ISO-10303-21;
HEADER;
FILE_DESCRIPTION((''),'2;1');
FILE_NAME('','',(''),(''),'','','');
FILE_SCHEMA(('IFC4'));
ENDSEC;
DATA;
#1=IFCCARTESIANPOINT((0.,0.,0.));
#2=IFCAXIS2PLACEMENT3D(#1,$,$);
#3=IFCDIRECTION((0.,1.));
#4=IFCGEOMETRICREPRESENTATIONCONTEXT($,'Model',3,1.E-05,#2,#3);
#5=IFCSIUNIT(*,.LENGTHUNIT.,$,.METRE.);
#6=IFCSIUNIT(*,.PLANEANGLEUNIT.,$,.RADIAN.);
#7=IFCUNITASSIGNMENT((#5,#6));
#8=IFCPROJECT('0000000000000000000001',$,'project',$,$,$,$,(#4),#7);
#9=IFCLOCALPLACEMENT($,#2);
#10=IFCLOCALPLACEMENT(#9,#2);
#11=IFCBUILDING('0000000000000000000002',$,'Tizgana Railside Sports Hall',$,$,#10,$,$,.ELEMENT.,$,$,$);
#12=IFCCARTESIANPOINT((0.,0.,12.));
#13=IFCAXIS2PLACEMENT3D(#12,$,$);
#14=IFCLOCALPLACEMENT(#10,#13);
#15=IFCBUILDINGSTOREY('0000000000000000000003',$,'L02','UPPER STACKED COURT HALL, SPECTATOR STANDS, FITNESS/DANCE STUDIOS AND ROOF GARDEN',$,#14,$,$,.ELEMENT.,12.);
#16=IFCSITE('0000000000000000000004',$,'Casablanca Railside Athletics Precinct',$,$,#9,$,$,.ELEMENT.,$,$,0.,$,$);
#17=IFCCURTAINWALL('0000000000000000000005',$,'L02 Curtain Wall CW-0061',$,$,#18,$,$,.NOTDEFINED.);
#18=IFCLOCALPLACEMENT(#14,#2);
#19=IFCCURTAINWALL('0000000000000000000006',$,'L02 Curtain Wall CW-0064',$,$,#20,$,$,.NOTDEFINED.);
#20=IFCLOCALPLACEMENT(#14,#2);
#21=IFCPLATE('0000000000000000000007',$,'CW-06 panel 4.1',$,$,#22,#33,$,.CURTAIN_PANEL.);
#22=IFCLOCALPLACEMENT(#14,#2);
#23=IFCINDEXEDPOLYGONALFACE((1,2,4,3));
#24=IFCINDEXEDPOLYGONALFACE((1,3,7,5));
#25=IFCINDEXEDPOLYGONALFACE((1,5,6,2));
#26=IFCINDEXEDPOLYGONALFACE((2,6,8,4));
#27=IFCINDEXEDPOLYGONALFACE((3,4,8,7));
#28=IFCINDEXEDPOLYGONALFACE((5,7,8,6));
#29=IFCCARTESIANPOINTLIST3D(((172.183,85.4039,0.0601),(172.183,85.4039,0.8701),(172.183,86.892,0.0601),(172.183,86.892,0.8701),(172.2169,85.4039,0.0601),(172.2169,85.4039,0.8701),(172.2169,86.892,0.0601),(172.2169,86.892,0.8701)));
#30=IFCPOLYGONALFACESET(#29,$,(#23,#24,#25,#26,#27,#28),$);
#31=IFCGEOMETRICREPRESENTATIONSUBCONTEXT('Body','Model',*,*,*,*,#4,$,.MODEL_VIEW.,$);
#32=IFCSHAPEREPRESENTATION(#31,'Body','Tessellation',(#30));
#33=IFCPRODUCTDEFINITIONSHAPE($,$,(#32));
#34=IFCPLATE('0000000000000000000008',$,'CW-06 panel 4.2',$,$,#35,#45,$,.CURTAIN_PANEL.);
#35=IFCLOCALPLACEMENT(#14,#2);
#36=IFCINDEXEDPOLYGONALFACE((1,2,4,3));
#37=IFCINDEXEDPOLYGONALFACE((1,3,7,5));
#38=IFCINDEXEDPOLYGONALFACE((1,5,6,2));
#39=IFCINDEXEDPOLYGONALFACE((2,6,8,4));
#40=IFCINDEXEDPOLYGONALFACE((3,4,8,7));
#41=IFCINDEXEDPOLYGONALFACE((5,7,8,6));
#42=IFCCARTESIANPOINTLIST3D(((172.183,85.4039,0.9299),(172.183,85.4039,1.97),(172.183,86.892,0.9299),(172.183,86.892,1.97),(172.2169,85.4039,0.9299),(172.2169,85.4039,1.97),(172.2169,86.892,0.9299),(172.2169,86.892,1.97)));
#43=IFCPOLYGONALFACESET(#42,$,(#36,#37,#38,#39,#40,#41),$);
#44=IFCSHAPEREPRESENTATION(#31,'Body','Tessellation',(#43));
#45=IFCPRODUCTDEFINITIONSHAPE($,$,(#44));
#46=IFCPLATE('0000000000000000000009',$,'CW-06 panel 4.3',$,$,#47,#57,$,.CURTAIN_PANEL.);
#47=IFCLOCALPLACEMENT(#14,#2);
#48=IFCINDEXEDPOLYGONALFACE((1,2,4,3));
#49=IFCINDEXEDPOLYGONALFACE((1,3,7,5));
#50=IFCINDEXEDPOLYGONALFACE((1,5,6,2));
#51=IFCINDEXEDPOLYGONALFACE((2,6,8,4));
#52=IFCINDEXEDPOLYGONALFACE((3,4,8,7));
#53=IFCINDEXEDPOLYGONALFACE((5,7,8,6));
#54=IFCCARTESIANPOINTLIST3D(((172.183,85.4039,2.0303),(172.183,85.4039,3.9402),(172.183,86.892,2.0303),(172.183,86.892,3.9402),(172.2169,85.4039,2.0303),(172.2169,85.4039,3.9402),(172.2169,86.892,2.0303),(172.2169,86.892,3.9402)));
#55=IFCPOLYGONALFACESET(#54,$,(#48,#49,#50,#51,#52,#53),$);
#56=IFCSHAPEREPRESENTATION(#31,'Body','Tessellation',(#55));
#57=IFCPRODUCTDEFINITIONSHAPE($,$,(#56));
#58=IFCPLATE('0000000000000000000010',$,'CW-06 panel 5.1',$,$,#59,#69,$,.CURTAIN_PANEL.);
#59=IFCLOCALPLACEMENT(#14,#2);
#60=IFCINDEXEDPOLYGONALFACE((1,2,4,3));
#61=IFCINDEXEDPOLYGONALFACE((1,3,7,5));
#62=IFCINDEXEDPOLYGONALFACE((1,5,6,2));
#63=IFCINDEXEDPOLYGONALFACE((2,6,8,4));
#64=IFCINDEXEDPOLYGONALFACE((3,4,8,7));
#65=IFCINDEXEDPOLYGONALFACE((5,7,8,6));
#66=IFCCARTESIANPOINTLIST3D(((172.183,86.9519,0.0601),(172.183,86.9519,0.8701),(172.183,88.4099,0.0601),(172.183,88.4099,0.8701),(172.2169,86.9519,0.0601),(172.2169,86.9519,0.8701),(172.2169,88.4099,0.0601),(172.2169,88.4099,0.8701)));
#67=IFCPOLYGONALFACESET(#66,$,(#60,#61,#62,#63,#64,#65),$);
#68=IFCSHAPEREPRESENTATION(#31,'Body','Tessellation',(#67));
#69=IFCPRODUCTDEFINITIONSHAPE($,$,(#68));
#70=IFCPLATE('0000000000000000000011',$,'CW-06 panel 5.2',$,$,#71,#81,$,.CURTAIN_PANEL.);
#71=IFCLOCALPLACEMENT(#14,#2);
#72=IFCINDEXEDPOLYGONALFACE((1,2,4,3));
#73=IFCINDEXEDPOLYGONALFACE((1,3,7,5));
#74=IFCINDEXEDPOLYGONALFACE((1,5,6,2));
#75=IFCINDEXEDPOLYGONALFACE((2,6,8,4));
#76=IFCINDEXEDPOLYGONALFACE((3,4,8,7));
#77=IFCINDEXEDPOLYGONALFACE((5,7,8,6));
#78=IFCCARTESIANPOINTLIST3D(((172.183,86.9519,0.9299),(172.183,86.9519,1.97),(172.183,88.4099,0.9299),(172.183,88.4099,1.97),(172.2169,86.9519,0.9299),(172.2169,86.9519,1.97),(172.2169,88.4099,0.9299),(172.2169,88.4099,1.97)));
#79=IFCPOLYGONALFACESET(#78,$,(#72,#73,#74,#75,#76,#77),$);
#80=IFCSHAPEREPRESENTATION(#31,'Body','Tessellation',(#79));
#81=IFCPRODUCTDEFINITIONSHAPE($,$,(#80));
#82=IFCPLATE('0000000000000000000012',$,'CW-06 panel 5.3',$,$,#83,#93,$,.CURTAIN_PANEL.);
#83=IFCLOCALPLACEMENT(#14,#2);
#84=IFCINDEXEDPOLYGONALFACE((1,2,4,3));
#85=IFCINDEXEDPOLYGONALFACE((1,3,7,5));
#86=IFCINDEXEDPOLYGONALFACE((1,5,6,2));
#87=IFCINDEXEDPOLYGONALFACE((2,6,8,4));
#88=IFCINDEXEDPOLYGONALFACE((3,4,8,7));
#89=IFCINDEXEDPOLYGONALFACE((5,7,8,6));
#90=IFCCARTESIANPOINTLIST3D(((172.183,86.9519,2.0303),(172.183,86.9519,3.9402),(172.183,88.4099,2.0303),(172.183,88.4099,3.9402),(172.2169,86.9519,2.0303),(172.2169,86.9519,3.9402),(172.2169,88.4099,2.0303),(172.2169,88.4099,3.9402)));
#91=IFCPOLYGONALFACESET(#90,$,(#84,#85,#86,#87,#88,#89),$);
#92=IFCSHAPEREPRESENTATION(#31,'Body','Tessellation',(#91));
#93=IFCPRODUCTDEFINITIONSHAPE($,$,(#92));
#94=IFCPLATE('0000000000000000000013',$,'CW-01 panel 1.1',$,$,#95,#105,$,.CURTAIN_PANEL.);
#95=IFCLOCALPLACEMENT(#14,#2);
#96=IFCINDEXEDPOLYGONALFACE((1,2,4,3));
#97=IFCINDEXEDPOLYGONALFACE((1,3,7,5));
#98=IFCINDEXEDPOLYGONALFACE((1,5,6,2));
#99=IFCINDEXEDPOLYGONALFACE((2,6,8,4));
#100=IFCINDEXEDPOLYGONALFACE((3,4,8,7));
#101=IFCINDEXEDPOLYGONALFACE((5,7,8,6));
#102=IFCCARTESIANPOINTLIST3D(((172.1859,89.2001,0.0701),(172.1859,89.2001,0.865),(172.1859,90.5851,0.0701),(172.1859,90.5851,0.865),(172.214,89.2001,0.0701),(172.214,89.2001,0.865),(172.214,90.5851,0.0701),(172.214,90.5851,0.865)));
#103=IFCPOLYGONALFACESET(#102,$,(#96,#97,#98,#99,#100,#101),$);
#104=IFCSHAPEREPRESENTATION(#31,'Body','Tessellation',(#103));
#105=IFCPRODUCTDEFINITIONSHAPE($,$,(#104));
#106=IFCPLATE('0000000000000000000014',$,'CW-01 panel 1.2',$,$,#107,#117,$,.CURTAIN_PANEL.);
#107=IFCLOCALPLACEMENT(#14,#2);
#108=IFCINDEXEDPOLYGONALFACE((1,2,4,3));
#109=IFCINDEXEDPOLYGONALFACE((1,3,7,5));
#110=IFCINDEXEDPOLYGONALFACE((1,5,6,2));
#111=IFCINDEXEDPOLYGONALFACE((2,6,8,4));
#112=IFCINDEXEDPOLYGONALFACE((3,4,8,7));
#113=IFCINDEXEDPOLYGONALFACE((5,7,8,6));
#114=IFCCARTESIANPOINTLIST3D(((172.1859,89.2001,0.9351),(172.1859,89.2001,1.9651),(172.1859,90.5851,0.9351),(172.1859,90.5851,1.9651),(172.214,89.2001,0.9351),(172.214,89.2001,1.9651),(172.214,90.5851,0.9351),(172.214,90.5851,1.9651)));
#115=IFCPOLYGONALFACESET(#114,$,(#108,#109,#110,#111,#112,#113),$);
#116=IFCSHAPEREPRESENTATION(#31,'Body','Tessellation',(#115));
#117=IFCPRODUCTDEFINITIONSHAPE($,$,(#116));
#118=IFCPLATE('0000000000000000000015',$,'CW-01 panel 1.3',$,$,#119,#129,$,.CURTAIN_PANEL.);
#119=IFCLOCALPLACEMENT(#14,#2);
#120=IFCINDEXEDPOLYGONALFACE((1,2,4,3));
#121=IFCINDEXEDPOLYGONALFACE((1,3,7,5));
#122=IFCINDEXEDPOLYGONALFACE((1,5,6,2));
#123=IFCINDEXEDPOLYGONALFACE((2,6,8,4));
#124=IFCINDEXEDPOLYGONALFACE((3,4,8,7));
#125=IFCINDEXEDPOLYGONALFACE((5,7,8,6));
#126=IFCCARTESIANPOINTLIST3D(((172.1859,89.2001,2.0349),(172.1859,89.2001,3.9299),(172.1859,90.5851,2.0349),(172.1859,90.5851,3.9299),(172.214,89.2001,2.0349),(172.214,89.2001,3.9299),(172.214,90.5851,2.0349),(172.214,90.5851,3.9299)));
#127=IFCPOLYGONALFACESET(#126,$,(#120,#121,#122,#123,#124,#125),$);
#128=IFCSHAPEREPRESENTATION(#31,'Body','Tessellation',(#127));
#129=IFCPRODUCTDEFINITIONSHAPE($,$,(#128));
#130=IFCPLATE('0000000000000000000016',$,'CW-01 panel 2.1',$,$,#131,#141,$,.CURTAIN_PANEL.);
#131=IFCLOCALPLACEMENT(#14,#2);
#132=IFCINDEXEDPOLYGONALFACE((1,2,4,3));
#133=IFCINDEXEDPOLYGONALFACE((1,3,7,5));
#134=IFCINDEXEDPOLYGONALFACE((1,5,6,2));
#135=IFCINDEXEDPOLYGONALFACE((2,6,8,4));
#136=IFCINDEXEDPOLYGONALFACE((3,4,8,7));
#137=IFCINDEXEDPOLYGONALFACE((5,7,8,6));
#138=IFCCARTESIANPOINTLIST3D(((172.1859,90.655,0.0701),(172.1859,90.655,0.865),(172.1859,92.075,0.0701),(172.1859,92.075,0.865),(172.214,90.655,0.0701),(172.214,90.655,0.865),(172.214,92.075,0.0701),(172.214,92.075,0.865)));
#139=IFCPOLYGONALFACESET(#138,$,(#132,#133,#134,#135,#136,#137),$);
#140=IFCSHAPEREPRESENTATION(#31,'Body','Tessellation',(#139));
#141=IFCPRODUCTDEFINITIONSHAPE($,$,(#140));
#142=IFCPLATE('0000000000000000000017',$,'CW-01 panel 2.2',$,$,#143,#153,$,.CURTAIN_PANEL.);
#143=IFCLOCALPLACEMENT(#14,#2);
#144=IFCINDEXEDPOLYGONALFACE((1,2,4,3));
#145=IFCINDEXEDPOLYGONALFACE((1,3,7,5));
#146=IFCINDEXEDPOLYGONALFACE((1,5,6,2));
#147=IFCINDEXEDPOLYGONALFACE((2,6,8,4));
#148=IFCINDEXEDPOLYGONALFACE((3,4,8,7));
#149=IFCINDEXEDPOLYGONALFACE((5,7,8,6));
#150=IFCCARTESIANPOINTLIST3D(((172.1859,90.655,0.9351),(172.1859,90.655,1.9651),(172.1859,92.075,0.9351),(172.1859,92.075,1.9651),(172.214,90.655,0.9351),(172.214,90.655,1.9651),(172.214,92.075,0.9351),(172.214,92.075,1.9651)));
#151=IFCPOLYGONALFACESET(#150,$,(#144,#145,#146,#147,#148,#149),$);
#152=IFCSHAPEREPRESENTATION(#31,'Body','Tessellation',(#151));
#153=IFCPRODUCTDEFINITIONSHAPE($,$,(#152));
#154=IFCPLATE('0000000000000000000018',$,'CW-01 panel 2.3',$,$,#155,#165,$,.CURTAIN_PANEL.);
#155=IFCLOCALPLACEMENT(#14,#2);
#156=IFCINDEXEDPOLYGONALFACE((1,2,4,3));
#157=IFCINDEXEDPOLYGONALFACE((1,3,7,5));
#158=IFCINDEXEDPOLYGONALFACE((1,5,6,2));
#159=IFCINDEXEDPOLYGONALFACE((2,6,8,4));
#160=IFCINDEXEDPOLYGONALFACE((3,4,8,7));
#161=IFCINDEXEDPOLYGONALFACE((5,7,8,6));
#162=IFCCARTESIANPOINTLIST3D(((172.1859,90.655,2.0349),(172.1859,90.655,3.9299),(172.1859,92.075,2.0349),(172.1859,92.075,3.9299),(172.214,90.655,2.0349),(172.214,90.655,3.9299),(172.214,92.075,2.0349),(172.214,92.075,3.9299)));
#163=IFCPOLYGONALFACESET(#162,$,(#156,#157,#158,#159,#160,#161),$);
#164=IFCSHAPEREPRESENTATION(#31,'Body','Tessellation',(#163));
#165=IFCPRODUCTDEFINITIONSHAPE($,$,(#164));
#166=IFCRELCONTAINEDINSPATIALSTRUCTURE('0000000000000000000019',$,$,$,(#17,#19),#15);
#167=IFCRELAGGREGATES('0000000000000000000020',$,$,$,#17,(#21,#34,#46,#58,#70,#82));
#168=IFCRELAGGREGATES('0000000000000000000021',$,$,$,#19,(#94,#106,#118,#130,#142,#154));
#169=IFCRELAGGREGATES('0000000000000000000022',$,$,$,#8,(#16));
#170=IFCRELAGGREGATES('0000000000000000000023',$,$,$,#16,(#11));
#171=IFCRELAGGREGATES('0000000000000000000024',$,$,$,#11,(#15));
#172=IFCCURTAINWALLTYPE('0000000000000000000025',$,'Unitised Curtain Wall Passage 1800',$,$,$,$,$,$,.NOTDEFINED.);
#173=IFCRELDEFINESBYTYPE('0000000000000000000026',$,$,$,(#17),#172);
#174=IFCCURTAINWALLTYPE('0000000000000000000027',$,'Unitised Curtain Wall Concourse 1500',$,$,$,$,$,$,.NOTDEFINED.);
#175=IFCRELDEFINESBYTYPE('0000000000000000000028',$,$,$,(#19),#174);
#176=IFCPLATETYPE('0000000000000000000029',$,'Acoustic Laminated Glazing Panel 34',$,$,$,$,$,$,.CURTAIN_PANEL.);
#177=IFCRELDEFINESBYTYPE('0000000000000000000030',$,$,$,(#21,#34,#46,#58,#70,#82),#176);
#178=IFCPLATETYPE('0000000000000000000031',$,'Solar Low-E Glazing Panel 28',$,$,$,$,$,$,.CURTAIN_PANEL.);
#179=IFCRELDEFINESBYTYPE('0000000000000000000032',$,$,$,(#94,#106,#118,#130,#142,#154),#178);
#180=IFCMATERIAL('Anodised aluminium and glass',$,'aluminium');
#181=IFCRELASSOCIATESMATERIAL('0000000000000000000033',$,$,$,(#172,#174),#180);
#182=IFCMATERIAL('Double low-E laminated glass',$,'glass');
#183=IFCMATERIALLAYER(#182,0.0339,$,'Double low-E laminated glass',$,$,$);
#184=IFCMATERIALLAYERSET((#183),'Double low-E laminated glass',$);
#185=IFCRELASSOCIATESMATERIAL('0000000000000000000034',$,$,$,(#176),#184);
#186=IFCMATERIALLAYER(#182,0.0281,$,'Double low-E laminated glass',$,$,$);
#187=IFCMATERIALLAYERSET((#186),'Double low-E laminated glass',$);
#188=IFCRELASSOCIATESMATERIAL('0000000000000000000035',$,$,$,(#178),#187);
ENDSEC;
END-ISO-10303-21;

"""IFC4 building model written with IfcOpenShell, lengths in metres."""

from ifc_helpers import new_model, si_unit, direction, frame, origin, origin_2d, place, context, subcontext, project, spatial, rectangle, extrude, material, layer, layer_set, type_object, element, aggregate, save


model = new_model("IFC4")

# Units and contexts
model_context = context("Model", 3, precision=1e-05, world=origin(), true_north=direction((0.0, 1.0)))
body_context = subcontext(model_context, "Body", "Model", "MODEL_VIEW")
ifc_project = project(units=[si_unit("LENGTHUNIT", "METRE"), si_unit("PLANEANGLEUNIT", "RADIAN")], contexts=[model_context])

# Site, building, storey
site_placement = place(None, origin())
site = spatial("IfcSite", under=ifc_project, at=site_placement, Name="Casablanca Railside Athletics Precinct", CompositionType="ELEMENT", RefElevation=0.0)
building_placement = place(site_placement, origin())
building = spatial("IfcBuilding", under=site, at=building_placement, Name="Tizgana Railside Sports Hall", CompositionType="ELEMENT")
storey_placement = place(building_placement, frame((0.0, 0.0, 12.0)))
storey = spatial("IfcBuildingStorey", under=building, at=storey_placement, Name="L02", Description="UPPER STACKED COURT HALL, SPECTATOR STANDS, FITNESS/DANCE STUDIOS AND ROOF GARDEN", CompositionType="ELEMENT", Elevation=12.0)

# Curtain walls
ifc_material_1 = material(Name="Anodised aluminium and glass", Category="aluminium")
curtain_wall_type_1 = type_object("IfcCurtainWallType", Name="Unitised Curtain Wall Passage 1800", PredefinedType="NOTDEFINED", material=ifc_material_1)
curtain_wall_1_placement = place(storey_placement, origin())
curtain_wall_1 = element("IfcCurtainWall", 1, at=curtain_wall_1_placement, inside=storey, type_object=curtain_wall_type_1, Name="L02 Curtain Wall CW-0061", PredefinedType="NOTDEFINED")
curtain_wall_type_2 = type_object("IfcCurtainWallType", Name="Unitised Curtain Wall Concourse 1500", PredefinedType="NOTDEFINED", material=ifc_material_1)
curtain_wall_2_placement = place(storey_placement, origin())
curtain_wall_2 = element("IfcCurtainWall", 2, at=curtain_wall_2_placement, inside=storey, type_object=curtain_wall_type_2, Name="L02 Curtain Wall CW-0064", PredefinedType="NOTDEFINED")

# Plates
ifc_material_2 = material(Name="Double low-E laminated glass", Category="glass")
ifc_layer_1 = layer(ifc_material_2, 0.0339, Name="Double low-E laminated glass")
ifc_layer_set_1 = layer_set([ifc_layer_1], Name="Double low-E laminated glass")
plate_type_1 = type_object("IfcPlateType", Name="Acoustic Laminated Glazing Panel 34", PredefinedType="CURTAIN_PANEL", material=ifc_layer_set_1)
plate_1_placement = place(storey_placement, frame((172.2, 86.1479, 0.0601), z_axis=(0.0, 0.0, 1.0), x_axis=(0.0, 1.0, 0.0)))
plate_1 = element("IfcPlate", 3, at=plate_1_placement, type_object=plate_type_1, Name="CW-06 panel 4.1", PredefinedType="CURTAIN_PANEL", context=body_context, shape_type="SweptSolid", body=[
    extrude(rectangle(XDim=1.488, YDim=0.0339, at=origin_2d()), origin(), (0.0, 0.0, 1.0), 0.8101),
])
plate_2_placement = place(storey_placement, frame((172.2, 86.1479, 0.9299), z_axis=(0.0, 0.0, 1.0), x_axis=(0.0, 1.0, 0.0)))
plate_2 = element("IfcPlate", 4, at=plate_2_placement, type_object=plate_type_1, Name="CW-06 panel 4.2", PredefinedType="CURTAIN_PANEL", context=body_context, shape_type="SweptSolid", body=[
    extrude(rectangle(XDim=1.488, YDim=0.0339, at=origin_2d()), origin(), (0.0, 0.0, 1.0), 1.04),
])
plate_3_placement = place(storey_placement, frame((172.2, 86.1479, 2.0303), z_axis=(0.0, 0.0, 1.0), x_axis=(0.0, 1.0, 0.0)))
plate_3 = element("IfcPlate", 5, at=plate_3_placement, type_object=plate_type_1, Name="CW-06 panel 4.3", PredefinedType="CURTAIN_PANEL", context=body_context, shape_type="SweptSolid", body=[
    extrude(rectangle(XDim=1.488, YDim=0.0339, at=origin_2d()), origin(), (0.0, 0.0, 1.0), 1.9099),
])
plate_4_placement = place(storey_placement, frame((172.2, 87.6809, 0.0601), z_axis=(0.0, 0.0, 1.0), x_axis=(0.0, 1.0, 0.0)))
plate_4 = element("IfcPlate", 6, at=plate_4_placement, type_object=plate_type_1, Name="CW-06 panel 5.1", PredefinedType="CURTAIN_PANEL", context=body_context, shape_type="SweptSolid", body=[
    extrude(rectangle(XDim=1.458, YDim=0.0339, at=origin_2d()), origin(), (0.0, 0.0, 1.0), 0.8101),
])
plate_5_placement = place(storey_placement, frame((172.2, 87.6809, 0.9299), z_axis=(0.0, 0.0, 1.0), x_axis=(0.0, 1.0, 0.0)))
plate_5 = element("IfcPlate", 7, at=plate_5_placement, type_object=plate_type_1, Name="CW-06 panel 5.2", PredefinedType="CURTAIN_PANEL", context=body_context, shape_type="SweptSolid", body=[
    extrude(rectangle(XDim=1.458, YDim=0.0339, at=origin_2d()), origin(), (0.0, 0.0, 1.0), 1.04),
])
plate_6_placement = place(storey_placement, frame((172.2, 87.6809, 2.0303), z_axis=(0.0, 0.0, 1.0), x_axis=(0.0, 1.0, 0.0)))
plate_6 = element("IfcPlate", 8, at=plate_6_placement, type_object=plate_type_1, Name="CW-06 panel 5.3", PredefinedType="CURTAIN_PANEL", context=body_context, shape_type="SweptSolid", body=[
    extrude(rectangle(XDim=1.458, YDim=0.0339, at=origin_2d()), origin(), (0.0, 0.0, 1.0), 1.9099),
])
aggregate(curtain_wall_1, [plate_1, plate_2, plate_3, plate_4, plate_5, plate_6])
ifc_layer_2 = layer(ifc_material_2, 0.0281, Name="Double low-E laminated glass")
ifc_layer_set_2 = layer_set([ifc_layer_2], Name="Double low-E laminated glass")
plate_type_2 = type_object("IfcPlateType", Name="Solar Low-E Glazing Panel 28", PredefinedType="CURTAIN_PANEL", material=ifc_layer_set_2)
plate_7_placement = place(storey_placement, frame((172.2, 89.8926, 0.0701), z_axis=(0.0, 0.0, 1.0), x_axis=(0.0, 1.0, 0.0)))
plate_7 = element("IfcPlate", 9, at=plate_7_placement, type_object=plate_type_2, Name="CW-01 panel 1.1", PredefinedType="CURTAIN_PANEL", context=body_context, shape_type="SweptSolid", body=[
    extrude(rectangle(XDim=1.385, YDim=0.0281, at=origin_2d()), origin(), (0.0, 0.0, 1.0), 0.7949),
])
plate_8_placement = place(storey_placement, frame((172.2, 89.8926, 0.9351), z_axis=(0.0, 0.0, 1.0), x_axis=(0.0, 1.0, 0.0)))
plate_8 = element("IfcPlate", 10, at=plate_8_placement, type_object=plate_type_2, Name="CW-01 panel 1.2", PredefinedType="CURTAIN_PANEL", context=body_context, shape_type="SweptSolid", body=[
    extrude(rectangle(XDim=1.385, YDim=0.0281, at=origin_2d()), origin(), (0.0, 0.0, 1.0), 1.03),
])
plate_9_placement = place(storey_placement, frame((172.2, 89.8926, 2.0349), z_axis=(0.0, 0.0, 1.0), x_axis=(0.0, 1.0, 0.0)))
plate_9 = element("IfcPlate", 11, at=plate_9_placement, type_object=plate_type_2, Name="CW-01 panel 1.3", PredefinedType="CURTAIN_PANEL", context=body_context, shape_type="SweptSolid", body=[
    extrude(rectangle(XDim=1.385, YDim=0.0281, at=origin_2d()), origin(), (0.0, 0.0, 1.0), 1.895),
])
plate_10_placement = place(storey_placement, frame((172.2, 91.365, 0.0701), z_axis=(0.0, 0.0, 1.0), x_axis=(0.0, 1.0, 0.0)))
plate_10 = element("IfcPlate", 12, at=plate_10_placement, type_object=plate_type_2, Name="CW-01 panel 2.1", PredefinedType="CURTAIN_PANEL", context=body_context, shape_type="SweptSolid", body=[
    extrude(rectangle(XDim=1.4199, YDim=0.0281, at=origin_2d()), origin(), (0.0, 0.0, 1.0), 0.7949),
])
plate_11_placement = place(storey_placement, frame((172.2, 91.365, 0.9351), z_axis=(0.0, 0.0, 1.0), x_axis=(0.0, 1.0, 0.0)))
plate_11 = element("IfcPlate", 13, at=plate_11_placement, type_object=plate_type_2, Name="CW-01 panel 2.2", PredefinedType="CURTAIN_PANEL", context=body_context, shape_type="SweptSolid", body=[
    extrude(rectangle(XDim=1.4199, YDim=0.0281, at=origin_2d()), origin(), (0.0, 0.0, 1.0), 1.03),
])
plate_12_placement = place(storey_placement, frame((172.2, 91.365, 2.0349), z_axis=(0.0, 0.0, 1.0), x_axis=(0.0, 1.0, 0.0)))
plate_12 = element("IfcPlate", 14, at=plate_12_placement, type_object=plate_type_2, Name="CW-01 panel 2.3", PredefinedType="CURTAIN_PANEL", context=body_context, shape_type="SweptSolid", body=[
    extrude(rectangle(XDim=1.4199, YDim=0.0281, at=origin_2d()), origin(), (0.0, 0.0, 1.0), 1.895),
])
aggregate(curtain_wall_2, [plate_7, plate_8, plate_9, plate_10, plate_11, plate_12])

save(model, "model.ifc")
